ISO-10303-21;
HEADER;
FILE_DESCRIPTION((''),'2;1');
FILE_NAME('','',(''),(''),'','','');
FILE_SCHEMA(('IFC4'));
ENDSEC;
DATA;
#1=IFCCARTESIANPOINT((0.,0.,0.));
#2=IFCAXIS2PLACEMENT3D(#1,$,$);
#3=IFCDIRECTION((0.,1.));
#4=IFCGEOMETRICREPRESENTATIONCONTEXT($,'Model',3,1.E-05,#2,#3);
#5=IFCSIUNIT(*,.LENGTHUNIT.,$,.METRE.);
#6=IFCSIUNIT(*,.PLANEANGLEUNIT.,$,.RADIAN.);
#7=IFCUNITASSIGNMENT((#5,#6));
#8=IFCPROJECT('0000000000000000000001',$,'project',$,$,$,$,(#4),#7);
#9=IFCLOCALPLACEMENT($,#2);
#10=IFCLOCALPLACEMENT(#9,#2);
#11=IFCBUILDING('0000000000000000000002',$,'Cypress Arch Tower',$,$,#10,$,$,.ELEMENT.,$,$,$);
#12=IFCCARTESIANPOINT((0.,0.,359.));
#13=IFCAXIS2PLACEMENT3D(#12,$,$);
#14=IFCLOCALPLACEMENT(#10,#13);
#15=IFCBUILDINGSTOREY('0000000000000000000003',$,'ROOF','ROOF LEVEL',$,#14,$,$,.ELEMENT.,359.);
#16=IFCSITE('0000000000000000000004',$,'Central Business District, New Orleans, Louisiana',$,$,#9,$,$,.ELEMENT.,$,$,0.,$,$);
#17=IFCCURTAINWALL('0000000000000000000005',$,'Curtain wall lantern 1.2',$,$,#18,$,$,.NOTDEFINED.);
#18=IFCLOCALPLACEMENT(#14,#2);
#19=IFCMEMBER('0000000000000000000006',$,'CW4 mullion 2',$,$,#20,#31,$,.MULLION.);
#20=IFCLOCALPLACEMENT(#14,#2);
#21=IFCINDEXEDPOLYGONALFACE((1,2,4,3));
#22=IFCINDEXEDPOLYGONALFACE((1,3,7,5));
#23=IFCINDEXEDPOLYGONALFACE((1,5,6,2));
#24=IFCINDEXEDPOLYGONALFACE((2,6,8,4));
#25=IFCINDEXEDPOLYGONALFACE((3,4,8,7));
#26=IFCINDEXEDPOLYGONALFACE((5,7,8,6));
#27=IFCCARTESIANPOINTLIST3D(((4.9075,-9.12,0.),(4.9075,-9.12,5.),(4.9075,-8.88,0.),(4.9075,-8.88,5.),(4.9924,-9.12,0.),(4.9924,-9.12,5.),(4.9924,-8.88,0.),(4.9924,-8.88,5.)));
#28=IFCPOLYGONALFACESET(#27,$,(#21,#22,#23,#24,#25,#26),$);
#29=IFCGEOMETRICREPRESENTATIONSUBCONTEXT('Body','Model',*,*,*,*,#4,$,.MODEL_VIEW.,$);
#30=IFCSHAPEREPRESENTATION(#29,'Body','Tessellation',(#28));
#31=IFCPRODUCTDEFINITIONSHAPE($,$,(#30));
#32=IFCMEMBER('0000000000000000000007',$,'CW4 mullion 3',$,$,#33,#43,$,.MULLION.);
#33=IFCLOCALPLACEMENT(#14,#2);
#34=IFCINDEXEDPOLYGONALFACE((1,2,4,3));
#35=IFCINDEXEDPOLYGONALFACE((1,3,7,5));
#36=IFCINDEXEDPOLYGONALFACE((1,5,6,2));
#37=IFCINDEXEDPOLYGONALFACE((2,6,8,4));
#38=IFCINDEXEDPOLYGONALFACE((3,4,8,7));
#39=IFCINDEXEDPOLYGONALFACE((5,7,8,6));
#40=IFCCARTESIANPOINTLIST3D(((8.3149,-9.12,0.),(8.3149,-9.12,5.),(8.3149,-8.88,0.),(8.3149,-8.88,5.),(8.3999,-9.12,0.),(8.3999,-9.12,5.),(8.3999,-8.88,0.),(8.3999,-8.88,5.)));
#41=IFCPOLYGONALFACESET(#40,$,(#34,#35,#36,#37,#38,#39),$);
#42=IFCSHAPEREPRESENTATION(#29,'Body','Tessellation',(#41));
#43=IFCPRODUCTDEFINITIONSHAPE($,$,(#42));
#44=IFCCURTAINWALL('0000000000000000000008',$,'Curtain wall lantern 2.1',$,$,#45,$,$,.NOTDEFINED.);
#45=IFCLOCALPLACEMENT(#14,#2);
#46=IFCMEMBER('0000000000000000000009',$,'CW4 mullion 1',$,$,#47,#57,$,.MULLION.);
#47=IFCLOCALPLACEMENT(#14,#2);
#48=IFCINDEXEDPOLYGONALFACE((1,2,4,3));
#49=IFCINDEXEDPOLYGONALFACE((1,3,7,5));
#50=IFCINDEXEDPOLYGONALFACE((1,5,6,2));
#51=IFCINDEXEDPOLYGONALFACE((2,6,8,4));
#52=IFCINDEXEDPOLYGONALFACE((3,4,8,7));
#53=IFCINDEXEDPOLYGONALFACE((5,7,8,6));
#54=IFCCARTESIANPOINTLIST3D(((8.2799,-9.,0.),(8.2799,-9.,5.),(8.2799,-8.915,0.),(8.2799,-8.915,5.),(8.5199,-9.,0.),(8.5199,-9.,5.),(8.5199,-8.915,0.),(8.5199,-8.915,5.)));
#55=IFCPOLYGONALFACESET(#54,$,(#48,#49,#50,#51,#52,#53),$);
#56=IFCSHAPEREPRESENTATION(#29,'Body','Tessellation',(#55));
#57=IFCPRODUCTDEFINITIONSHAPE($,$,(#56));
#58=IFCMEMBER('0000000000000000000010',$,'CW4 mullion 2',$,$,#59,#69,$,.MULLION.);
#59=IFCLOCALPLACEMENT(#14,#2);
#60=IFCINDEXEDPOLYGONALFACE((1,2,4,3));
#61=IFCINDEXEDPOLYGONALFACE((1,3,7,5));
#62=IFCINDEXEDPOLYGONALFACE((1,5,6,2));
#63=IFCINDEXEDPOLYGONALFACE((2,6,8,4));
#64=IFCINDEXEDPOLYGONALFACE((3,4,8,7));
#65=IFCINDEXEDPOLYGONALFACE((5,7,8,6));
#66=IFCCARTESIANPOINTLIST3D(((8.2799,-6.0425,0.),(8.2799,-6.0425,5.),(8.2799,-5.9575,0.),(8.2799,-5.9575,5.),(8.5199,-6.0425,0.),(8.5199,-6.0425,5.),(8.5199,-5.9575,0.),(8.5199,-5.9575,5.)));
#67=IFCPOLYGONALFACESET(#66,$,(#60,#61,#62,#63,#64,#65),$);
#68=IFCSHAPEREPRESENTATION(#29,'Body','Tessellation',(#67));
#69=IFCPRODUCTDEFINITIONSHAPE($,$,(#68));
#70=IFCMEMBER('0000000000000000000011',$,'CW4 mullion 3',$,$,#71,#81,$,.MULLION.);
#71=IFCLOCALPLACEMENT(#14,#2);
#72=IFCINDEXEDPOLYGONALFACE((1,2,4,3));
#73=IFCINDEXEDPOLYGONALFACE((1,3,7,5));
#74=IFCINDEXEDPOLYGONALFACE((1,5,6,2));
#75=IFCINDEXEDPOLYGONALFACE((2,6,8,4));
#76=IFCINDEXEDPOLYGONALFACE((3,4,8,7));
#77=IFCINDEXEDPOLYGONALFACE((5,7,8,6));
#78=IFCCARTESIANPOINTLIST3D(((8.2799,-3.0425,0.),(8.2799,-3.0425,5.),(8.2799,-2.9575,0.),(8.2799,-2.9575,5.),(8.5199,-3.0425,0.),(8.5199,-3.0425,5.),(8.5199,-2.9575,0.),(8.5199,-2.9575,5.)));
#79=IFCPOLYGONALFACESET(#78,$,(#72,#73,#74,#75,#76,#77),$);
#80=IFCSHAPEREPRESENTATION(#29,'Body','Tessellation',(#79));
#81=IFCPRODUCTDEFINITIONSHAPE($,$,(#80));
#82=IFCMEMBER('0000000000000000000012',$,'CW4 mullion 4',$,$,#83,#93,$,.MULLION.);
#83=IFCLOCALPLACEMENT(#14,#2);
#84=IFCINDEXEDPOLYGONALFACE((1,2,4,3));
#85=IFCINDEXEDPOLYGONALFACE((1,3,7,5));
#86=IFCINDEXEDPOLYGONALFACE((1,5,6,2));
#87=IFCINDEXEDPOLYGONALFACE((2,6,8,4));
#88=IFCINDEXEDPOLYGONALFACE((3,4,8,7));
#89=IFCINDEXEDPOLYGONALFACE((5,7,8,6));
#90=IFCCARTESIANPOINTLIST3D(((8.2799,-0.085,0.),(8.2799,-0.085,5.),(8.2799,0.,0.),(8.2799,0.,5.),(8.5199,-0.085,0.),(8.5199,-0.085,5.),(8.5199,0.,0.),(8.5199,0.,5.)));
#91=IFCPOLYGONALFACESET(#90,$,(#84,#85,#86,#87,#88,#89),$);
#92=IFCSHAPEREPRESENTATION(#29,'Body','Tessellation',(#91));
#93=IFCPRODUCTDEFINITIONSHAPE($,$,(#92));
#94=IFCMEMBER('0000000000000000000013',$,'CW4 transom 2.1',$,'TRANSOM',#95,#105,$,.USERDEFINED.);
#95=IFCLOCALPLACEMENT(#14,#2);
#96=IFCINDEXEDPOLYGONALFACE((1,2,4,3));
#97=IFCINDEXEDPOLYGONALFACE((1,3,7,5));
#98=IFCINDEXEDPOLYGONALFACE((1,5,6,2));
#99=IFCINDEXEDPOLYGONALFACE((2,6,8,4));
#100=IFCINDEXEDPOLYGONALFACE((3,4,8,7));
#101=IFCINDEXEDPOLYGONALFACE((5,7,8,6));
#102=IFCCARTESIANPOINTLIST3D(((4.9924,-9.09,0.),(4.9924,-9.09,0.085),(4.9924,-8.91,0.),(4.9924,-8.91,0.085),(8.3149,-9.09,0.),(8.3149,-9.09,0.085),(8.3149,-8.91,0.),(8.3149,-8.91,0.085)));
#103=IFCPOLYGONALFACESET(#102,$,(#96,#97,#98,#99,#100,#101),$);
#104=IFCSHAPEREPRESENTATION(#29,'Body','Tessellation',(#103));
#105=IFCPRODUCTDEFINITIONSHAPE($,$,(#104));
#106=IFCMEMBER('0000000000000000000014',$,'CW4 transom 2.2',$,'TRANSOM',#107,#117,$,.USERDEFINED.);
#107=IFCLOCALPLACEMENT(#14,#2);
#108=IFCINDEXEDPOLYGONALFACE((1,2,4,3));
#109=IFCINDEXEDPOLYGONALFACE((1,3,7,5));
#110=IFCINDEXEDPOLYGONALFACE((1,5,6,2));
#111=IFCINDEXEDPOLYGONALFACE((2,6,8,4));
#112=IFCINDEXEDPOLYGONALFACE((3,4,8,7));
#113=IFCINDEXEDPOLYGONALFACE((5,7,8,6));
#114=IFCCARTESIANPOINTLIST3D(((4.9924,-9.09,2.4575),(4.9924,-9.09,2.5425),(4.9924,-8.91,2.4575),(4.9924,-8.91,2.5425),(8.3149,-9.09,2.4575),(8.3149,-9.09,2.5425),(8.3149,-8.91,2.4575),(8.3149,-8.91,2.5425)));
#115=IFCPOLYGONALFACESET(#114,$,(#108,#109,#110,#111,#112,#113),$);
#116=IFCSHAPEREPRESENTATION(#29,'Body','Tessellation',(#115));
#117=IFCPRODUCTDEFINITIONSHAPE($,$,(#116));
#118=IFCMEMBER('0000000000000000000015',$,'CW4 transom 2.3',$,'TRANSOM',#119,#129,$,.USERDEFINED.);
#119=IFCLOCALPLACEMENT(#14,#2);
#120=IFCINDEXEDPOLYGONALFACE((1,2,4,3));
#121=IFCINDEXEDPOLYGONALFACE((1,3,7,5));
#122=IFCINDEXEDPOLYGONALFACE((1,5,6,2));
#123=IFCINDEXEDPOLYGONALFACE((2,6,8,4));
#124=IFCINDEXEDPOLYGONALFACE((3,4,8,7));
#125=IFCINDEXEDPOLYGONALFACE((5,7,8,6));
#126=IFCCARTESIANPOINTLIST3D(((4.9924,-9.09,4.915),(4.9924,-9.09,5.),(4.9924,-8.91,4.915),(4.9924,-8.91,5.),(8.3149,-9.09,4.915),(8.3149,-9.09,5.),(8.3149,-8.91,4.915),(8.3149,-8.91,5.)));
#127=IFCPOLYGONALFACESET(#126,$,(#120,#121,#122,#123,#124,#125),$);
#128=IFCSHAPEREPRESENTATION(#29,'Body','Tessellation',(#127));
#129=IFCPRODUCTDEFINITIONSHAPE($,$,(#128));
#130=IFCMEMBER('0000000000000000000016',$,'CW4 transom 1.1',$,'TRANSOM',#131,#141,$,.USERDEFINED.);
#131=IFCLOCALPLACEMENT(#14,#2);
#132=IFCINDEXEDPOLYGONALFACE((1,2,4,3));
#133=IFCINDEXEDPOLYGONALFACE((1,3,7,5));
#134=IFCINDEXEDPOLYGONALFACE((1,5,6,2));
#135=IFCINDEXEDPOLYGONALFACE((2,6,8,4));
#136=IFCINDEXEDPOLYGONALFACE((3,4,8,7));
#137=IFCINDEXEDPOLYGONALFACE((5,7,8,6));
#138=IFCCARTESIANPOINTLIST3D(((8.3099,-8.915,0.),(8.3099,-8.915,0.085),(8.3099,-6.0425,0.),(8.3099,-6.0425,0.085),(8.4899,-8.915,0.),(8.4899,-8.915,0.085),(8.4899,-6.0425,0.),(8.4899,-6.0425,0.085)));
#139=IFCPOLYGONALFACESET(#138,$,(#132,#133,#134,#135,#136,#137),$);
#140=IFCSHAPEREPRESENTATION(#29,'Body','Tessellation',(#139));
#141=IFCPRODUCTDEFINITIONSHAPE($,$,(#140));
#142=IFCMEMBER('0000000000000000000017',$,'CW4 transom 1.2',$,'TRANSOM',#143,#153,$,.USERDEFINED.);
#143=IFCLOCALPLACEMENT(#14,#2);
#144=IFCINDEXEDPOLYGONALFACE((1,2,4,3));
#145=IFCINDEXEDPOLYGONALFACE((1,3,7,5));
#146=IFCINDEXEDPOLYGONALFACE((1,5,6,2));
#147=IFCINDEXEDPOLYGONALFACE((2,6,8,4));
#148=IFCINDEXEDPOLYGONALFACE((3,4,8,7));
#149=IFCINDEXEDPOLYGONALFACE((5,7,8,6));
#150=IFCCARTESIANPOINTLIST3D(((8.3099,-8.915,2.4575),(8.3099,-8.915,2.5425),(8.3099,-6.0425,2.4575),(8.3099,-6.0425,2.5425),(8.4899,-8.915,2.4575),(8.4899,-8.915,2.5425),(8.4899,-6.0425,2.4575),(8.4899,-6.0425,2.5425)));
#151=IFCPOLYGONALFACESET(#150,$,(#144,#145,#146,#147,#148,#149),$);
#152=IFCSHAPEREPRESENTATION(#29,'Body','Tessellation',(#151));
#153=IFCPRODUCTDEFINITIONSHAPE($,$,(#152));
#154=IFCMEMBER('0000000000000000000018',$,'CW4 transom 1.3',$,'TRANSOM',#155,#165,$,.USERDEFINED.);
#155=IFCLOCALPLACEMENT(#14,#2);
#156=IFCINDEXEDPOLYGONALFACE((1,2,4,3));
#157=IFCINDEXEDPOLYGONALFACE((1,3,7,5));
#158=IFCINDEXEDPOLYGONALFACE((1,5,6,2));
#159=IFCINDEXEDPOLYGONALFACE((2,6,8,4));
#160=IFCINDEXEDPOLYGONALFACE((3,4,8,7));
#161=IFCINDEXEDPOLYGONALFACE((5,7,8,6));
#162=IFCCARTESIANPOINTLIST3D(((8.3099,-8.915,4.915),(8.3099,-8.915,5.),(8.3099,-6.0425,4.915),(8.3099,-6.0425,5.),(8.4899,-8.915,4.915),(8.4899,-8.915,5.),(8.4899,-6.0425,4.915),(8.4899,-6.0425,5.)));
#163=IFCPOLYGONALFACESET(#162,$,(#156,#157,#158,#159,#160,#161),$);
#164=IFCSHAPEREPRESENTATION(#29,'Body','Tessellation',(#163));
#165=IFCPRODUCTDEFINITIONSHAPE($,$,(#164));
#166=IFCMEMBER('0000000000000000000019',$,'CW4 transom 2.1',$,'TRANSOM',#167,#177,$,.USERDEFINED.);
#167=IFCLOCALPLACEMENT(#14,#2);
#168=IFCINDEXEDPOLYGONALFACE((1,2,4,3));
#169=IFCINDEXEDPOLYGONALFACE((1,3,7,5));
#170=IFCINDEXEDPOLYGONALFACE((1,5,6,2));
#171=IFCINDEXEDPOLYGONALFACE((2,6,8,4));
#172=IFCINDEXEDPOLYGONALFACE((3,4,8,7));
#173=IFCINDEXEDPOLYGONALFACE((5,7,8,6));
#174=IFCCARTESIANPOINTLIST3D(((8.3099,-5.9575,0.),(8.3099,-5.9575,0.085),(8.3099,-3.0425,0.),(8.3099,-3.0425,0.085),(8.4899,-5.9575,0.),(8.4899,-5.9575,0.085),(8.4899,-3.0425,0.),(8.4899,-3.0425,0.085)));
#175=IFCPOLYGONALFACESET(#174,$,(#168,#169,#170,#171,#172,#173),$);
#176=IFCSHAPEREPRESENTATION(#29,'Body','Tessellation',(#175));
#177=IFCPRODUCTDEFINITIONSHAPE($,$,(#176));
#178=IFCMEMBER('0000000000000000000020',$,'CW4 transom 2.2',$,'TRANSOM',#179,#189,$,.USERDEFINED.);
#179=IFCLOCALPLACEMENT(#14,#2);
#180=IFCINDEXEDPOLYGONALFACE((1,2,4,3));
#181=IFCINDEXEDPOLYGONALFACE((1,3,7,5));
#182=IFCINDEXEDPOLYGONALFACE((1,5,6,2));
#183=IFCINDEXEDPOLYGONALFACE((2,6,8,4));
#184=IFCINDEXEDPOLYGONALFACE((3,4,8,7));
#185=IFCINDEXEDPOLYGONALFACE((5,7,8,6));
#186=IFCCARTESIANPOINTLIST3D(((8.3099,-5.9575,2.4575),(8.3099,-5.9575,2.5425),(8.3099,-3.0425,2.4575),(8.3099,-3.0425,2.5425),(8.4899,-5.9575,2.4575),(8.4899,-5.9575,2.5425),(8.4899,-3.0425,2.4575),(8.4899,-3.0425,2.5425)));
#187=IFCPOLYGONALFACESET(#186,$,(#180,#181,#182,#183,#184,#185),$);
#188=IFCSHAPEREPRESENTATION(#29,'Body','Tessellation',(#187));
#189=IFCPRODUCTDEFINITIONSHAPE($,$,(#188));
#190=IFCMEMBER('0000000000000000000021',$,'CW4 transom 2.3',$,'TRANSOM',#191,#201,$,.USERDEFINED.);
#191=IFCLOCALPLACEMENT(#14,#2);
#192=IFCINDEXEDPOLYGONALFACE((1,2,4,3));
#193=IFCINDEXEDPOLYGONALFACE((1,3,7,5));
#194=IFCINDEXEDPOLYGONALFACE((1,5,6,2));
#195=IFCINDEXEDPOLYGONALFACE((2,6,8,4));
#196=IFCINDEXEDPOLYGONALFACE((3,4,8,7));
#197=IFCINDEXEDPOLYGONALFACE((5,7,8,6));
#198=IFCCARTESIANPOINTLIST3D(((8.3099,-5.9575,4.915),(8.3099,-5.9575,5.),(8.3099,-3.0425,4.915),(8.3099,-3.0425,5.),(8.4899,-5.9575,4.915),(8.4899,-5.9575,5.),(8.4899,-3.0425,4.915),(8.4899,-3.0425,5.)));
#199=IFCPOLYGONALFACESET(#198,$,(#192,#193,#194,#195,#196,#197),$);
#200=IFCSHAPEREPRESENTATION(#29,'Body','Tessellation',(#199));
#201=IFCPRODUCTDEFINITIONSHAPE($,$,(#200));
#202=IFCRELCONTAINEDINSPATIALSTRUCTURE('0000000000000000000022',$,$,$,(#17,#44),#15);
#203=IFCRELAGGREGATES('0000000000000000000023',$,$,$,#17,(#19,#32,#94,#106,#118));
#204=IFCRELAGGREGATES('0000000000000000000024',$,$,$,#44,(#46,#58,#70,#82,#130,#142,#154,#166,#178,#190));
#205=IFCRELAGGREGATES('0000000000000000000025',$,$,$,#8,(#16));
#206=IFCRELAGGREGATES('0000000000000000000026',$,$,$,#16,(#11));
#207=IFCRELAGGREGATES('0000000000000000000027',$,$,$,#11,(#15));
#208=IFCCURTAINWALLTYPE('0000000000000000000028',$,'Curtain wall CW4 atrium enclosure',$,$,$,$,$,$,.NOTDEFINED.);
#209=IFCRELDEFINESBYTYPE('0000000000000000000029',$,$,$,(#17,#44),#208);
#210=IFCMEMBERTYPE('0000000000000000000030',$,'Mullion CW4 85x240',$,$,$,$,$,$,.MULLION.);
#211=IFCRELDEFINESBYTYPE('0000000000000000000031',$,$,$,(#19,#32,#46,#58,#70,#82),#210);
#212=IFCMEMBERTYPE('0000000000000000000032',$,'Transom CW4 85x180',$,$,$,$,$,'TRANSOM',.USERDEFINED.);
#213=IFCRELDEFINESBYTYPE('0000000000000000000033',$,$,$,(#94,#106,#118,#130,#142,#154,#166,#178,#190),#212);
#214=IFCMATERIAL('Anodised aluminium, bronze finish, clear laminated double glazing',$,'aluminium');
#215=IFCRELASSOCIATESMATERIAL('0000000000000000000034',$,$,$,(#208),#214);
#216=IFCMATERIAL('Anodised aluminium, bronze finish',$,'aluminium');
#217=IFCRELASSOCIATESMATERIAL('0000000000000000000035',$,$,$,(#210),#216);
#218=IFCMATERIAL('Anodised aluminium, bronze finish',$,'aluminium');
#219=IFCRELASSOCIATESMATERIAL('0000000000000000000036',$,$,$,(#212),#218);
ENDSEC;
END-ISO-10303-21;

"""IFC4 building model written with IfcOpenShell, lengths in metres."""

from ifc_helpers import new_model, si_unit, direction, frame, origin, origin_2d, place, context, subcontext, project, spatial, rectangle, extrude, material, material_profile, profile_set, type_object, element, aggregate, save


model = new_model("IFC4")

# Units and contexts
model_context = context("Model", 3, precision=1e-05, world=origin(), true_north=direction((0.0, 1.0)))
body_context = subcontext(model_context, "Body", "Model", "MODEL_VIEW")
ifc_project = project(units=[si_unit("LENGTHUNIT", "METRE"), si_unit("PLANEANGLEUNIT", "RADIAN")], contexts=[model_context])

# Site, building, storey
site_placement = place(None, origin())
site = spatial("IfcSite", under=ifc_project, at=site_placement, Name="Central Business District, New Orleans, Louisiana", CompositionType="ELEMENT", RefElevation=0.0)
building_placement = place(site_placement, origin())
building = spatial("IfcBuilding", under=site, at=building_placement, Name="Cypress Arch Tower", CompositionType="ELEMENT")
storey_placement = place(building_placement, frame((0.0, 0.0, 359.0)))
storey = spatial("IfcBuildingStorey", under=building, at=storey_placement, Name="ROOF", Description="ROOF LEVEL", CompositionType="ELEMENT", Elevation=359.0)

# Curtain walls, members
ifc_material_1 = material(Name="Anodised aluminium, bronze finish, clear laminated double glazing", Category="aluminium")
curtain_wall_type = type_object("IfcCurtainWallType", Name="Curtain wall CW4 atrium enclosure", PredefinedType="NOTDEFINED", material=ifc_material_1)
curtain_wall_1_placement = place(storey_placement, origin())
curtain_wall_1 = element("IfcCurtainWall", 1, at=curtain_wall_1_placement, inside=storey, type_object=curtain_wall_type, Name="Curtain wall lantern 1.2", PredefinedType="NOTDEFINED")
ifc_material_2 = material(Name="Anodised aluminium, bronze finish", Category="aluminium")
ifc_material_profile_1 = material_profile(ifc_material_2, rectangle(XDim=0.24, YDim=0.085, at=origin_2d()), Name="Mullion 85x240")
ifc_profile_set_1 = profile_set([ifc_material_profile_1], Name="Anodised aluminium, bronze finish")
member_type_1 = type_object("IfcMemberType", Name="Mullion CW4 85x240", PredefinedType="MULLION", material=ifc_profile_set_1)
member_1_placement = place(storey_placement, frame((4.95, -9.0, 0.0), z_axis=(0.0, 0.0, 1.0), x_axis=(0.0, 1.0, 0.0)))
member_1 = element("IfcMember", 2, at=member_1_placement, type_object=member_type_1, Name="CW4 mullion 2", PredefinedType="MULLION", context=body_context, shape_type="SweptSolid", body=[
    extrude(rectangle(XDim=0.24, YDim=0.085, at=origin_2d()), origin(), (0.0, 0.0, 1.0), 5.0),
])
member_2_placement = place(storey_placement, frame((8.3574, -9.0, 0.0), z_axis=(0.0, 0.0, 1.0), x_axis=(0.0, 1.0, 0.0)))
member_2 = element("IfcMember", 3, at=member_2_placement, type_object=member_type_1, Name="CW4 mullion 3", PredefinedType="MULLION", context=body_context, shape_type="SweptSolid", body=[
    extrude(rectangle(XDim=0.24, YDim=0.085, at=origin_2d()), origin(), (0.0, 0.0, 1.0), 5.0),
])
curtain_wall_2_placement = place(storey_placement, origin())
curtain_wall_2 = element("IfcCurtainWall", 4, at=curtain_wall_2_placement, inside=storey, type_object=curtain_wall_type, Name="Curtain wall lantern 2.1", PredefinedType="NOTDEFINED")
member_3_placement = place(storey_placement, frame((8.3999, -8.9575, 0.0), z_axis=(0.0, 0.0, 1.0), x_axis=(-1.0, 0.0, 0.0)))
member_3 = element("IfcMember", 5, at=member_3_placement, type_object=member_type_1, Name="CW4 mullion 1", PredefinedType="MULLION", context=body_context, shape_type="SweptSolid", body=[
    extrude(rectangle(XDim=0.24, YDim=0.085, at=origin_2d()), origin(), (0.0, 0.0, 1.0), 5.0),
])
member_4_placement = place(storey_placement, frame((8.3999, -6.0, 0.0), z_axis=(0.0, 0.0, 1.0), x_axis=(-1.0, 0.0, 0.0)))
member_4 = element("IfcMember", 6, at=member_4_placement, type_object=member_type_1, Name="CW4 mullion 2", PredefinedType="MULLION", context=body_context, shape_type="SweptSolid", body=[
    extrude(rectangle(XDim=0.24, YDim=0.085, at=origin_2d()), origin(), (0.0, 0.0, 1.0), 5.0),
])
member_5_placement = place(storey_placement, frame((8.3999, -3.0, 0.0), z_axis=(0.0, 0.0, 1.0), x_axis=(-1.0, 0.0, 0.0)))
member_5 = element("IfcMember", 7, at=member_5_placement, type_object=member_type_1, Name="CW4 mullion 3", PredefinedType="MULLION", context=body_context, shape_type="SweptSolid", body=[
    extrude(rectangle(XDim=0.24, YDim=0.085, at=origin_2d()), origin(), (0.0, 0.0, 1.0), 5.0),
])
member_6_placement = place(storey_placement, frame((8.3999, -0.0425, 0.0), z_axis=(0.0, 0.0, 1.0), x_axis=(-1.0, 0.0, 0.0)))
member_6 = element("IfcMember", 8, at=member_6_placement, type_object=member_type_1, Name="CW4 mullion 4", PredefinedType="MULLION", context=body_context, shape_type="SweptSolid", body=[
    extrude(rectangle(XDim=0.24, YDim=0.085, at=origin_2d()), origin(), (0.0, 0.0, 1.0), 5.0),
])

# Members
ifc_material_3 = material(Name="Anodised aluminium, bronze finish", Category="aluminium")
ifc_material_profile_2 = material_profile(ifc_material_3, rectangle(XDim=0.1799, YDim=0.085, at=origin_2d()), Name="Transom 85x180")
ifc_profile_set_2 = profile_set([ifc_material_profile_2], Name="Anodised aluminium, bronze finish")
member_type_2 = type_object("IfcMemberType", Name="Transom CW4 85x180", ElementType="TRANSOM", PredefinedType="USERDEFINED", material=ifc_profile_set_2)
member_7_placement = place(storey_placement, frame((4.9924, -9.0, 0.0425), z_axis=(1.0, 0.0, 0.0), x_axis=(0.0, 1.0, 0.0)))
member_7 = element("IfcMember", 9, at=member_7_placement, type_object=member_type_2, Name="CW4 transom 2.1", ObjectType="TRANSOM", PredefinedType="USERDEFINED", context=body_context, shape_type="SweptSolid", body=[
    extrude(rectangle(XDim=0.1799, YDim=0.085, at=origin_2d()), origin(), (0.0, 0.0, 1.0), 3.3225),
])
member_8_placement = place(storey_placement, frame((4.9924, -9.0, 2.5), z_axis=(1.0, 0.0, 0.0), x_axis=(0.0, 1.0, 0.0)))
member_8 = element("IfcMember", 10, at=member_8_placement, type_object=member_type_2, Name="CW4 transom 2.2", ObjectType="TRANSOM", PredefinedType="USERDEFINED", context=body_context, shape_type="SweptSolid", body=[
    extrude(rectangle(XDim=0.1799, YDim=0.085, at=origin_2d()), origin(), (0.0, 0.0, 1.0), 3.3225),
])
member_9_placement = place(storey_placement, frame((4.9924, -9.0, 4.9575), z_axis=(1.0, 0.0, 0.0), x_axis=(0.0, 1.0, 0.0)))
member_9 = element("IfcMember", 11, at=member_9_placement, type_object=member_type_2, Name="CW4 transom 2.3", ObjectType="TRANSOM", PredefinedType="USERDEFINED", context=body_context, shape_type="SweptSolid", body=[
    extrude(rectangle(XDim=0.1799, YDim=0.085, at=origin_2d()), origin(), (0.0, 0.0, 1.0), 3.3225),
])
member_10_placement = place(storey_placement, frame((8.3999, -8.915, 0.0425), z_axis=(0.0, 1.0, 0.0), x_axis=(-1.0, 0.0, 0.0)))
member_10 = element("IfcMember", 12, at=member_10_placement, type_object=member_type_2, Name="CW4 transom 1.1", ObjectType="TRANSOM", PredefinedType="USERDEFINED", context=body_context, shape_type="SweptSolid", body=[
    extrude(rectangle(XDim=0.1799, YDim=0.085, at=origin_2d()), origin(), (0.0, 0.0, 1.0), 2.8726),
])
member_11_placement = place(storey_placement, frame((8.3999, -8.915, 2.5), z_axis=(0.0, 1.0, 0.0), x_axis=(-1.0, 0.0, 0.0)))
member_11 = element("IfcMember", 13, at=member_11_placement, type_object=member_type_2, Name="CW4 transom 1.2", ObjectType="TRANSOM", PredefinedType="USERDEFINED", context=body_context, shape_type="SweptSolid", body=[
    extrude(rectangle(XDim=0.1799, YDim=0.085, at=origin_2d()), origin(), (0.0, 0.0, 1.0), 2.8726),
])
member_12_placement = place(storey_placement, frame((8.3999, -8.915, 4.9575), z_axis=(0.0, 1.0, 0.0), x_axis=(-1.0, 0.0, 0.0)))
member_12 = element("IfcMember", 14, at=member_12_placement, type_object=member_type_2, Name="CW4 transom 1.3", ObjectType="TRANSOM", PredefinedType="USERDEFINED", context=body_context, shape_type="SweptSolid", body=[
    extrude(rectangle(XDim=0.1799, YDim=0.085, at=origin_2d()), origin(), (0.0, 0.0, 1.0), 2.8726),
])
member_13_placement = place(storey_placement, frame((8.3999, -5.9575, 0.0425), z_axis=(0.0, 1.0, 0.0), x_axis=(-1.0, 0.0, 0.0)))
member_13 = element("IfcMember", 15, at=member_13_placement, type_object=member_type_2, Name="CW4 transom 2.1", ObjectType="TRANSOM", PredefinedType="USERDEFINED", context=body_context, shape_type="SweptSolid", body=[
    extrude(rectangle(XDim=0.1799, YDim=0.085, at=origin_2d()), origin(), (0.0, 0.0, 1.0), 2.915),
])
member_14_placement = place(storey_placement, frame((8.3999, -5.9575, 2.5), z_axis=(0.0, 1.0, 0.0), x_axis=(-1.0, 0.0, 0.0)))
member_14 = element("IfcMember", 16, at=member_14_placement, type_object=member_type_2, Name="CW4 transom 2.2", ObjectType="TRANSOM", PredefinedType="USERDEFINED", context=body_context, shape_type="SweptSolid", body=[
    extrude(rectangle(XDim=0.1799, YDim=0.085, at=origin_2d()), origin(), (0.0, 0.0, 1.0), 2.915),
])
member_15_placement = place(storey_placement, frame((8.3999, -5.9575, 4.9575), z_axis=(0.0, 1.0, 0.0), x_axis=(-1.0, 0.0, 0.0)))
member_15 = element("IfcMember", 17, at=member_15_placement, type_object=member_type_2, Name="CW4 transom 2.3", ObjectType="TRANSOM", PredefinedType="USERDEFINED", context=body_context, shape_type="SweptSolid", body=[
    extrude(rectangle(XDim=0.1799, YDim=0.085, at=origin_2d()), origin(), (0.0, 0.0, 1.0), 2.915),
])

aggregate(curtain_wall_1, [member_1, member_2, member_7, member_8, member_9])
aggregate(curtain_wall_2, [member_3, member_4, member_5, member_6, member_10, member_11, member_12, member_13, member_14, member_15])

save(model, "model.ifc")
